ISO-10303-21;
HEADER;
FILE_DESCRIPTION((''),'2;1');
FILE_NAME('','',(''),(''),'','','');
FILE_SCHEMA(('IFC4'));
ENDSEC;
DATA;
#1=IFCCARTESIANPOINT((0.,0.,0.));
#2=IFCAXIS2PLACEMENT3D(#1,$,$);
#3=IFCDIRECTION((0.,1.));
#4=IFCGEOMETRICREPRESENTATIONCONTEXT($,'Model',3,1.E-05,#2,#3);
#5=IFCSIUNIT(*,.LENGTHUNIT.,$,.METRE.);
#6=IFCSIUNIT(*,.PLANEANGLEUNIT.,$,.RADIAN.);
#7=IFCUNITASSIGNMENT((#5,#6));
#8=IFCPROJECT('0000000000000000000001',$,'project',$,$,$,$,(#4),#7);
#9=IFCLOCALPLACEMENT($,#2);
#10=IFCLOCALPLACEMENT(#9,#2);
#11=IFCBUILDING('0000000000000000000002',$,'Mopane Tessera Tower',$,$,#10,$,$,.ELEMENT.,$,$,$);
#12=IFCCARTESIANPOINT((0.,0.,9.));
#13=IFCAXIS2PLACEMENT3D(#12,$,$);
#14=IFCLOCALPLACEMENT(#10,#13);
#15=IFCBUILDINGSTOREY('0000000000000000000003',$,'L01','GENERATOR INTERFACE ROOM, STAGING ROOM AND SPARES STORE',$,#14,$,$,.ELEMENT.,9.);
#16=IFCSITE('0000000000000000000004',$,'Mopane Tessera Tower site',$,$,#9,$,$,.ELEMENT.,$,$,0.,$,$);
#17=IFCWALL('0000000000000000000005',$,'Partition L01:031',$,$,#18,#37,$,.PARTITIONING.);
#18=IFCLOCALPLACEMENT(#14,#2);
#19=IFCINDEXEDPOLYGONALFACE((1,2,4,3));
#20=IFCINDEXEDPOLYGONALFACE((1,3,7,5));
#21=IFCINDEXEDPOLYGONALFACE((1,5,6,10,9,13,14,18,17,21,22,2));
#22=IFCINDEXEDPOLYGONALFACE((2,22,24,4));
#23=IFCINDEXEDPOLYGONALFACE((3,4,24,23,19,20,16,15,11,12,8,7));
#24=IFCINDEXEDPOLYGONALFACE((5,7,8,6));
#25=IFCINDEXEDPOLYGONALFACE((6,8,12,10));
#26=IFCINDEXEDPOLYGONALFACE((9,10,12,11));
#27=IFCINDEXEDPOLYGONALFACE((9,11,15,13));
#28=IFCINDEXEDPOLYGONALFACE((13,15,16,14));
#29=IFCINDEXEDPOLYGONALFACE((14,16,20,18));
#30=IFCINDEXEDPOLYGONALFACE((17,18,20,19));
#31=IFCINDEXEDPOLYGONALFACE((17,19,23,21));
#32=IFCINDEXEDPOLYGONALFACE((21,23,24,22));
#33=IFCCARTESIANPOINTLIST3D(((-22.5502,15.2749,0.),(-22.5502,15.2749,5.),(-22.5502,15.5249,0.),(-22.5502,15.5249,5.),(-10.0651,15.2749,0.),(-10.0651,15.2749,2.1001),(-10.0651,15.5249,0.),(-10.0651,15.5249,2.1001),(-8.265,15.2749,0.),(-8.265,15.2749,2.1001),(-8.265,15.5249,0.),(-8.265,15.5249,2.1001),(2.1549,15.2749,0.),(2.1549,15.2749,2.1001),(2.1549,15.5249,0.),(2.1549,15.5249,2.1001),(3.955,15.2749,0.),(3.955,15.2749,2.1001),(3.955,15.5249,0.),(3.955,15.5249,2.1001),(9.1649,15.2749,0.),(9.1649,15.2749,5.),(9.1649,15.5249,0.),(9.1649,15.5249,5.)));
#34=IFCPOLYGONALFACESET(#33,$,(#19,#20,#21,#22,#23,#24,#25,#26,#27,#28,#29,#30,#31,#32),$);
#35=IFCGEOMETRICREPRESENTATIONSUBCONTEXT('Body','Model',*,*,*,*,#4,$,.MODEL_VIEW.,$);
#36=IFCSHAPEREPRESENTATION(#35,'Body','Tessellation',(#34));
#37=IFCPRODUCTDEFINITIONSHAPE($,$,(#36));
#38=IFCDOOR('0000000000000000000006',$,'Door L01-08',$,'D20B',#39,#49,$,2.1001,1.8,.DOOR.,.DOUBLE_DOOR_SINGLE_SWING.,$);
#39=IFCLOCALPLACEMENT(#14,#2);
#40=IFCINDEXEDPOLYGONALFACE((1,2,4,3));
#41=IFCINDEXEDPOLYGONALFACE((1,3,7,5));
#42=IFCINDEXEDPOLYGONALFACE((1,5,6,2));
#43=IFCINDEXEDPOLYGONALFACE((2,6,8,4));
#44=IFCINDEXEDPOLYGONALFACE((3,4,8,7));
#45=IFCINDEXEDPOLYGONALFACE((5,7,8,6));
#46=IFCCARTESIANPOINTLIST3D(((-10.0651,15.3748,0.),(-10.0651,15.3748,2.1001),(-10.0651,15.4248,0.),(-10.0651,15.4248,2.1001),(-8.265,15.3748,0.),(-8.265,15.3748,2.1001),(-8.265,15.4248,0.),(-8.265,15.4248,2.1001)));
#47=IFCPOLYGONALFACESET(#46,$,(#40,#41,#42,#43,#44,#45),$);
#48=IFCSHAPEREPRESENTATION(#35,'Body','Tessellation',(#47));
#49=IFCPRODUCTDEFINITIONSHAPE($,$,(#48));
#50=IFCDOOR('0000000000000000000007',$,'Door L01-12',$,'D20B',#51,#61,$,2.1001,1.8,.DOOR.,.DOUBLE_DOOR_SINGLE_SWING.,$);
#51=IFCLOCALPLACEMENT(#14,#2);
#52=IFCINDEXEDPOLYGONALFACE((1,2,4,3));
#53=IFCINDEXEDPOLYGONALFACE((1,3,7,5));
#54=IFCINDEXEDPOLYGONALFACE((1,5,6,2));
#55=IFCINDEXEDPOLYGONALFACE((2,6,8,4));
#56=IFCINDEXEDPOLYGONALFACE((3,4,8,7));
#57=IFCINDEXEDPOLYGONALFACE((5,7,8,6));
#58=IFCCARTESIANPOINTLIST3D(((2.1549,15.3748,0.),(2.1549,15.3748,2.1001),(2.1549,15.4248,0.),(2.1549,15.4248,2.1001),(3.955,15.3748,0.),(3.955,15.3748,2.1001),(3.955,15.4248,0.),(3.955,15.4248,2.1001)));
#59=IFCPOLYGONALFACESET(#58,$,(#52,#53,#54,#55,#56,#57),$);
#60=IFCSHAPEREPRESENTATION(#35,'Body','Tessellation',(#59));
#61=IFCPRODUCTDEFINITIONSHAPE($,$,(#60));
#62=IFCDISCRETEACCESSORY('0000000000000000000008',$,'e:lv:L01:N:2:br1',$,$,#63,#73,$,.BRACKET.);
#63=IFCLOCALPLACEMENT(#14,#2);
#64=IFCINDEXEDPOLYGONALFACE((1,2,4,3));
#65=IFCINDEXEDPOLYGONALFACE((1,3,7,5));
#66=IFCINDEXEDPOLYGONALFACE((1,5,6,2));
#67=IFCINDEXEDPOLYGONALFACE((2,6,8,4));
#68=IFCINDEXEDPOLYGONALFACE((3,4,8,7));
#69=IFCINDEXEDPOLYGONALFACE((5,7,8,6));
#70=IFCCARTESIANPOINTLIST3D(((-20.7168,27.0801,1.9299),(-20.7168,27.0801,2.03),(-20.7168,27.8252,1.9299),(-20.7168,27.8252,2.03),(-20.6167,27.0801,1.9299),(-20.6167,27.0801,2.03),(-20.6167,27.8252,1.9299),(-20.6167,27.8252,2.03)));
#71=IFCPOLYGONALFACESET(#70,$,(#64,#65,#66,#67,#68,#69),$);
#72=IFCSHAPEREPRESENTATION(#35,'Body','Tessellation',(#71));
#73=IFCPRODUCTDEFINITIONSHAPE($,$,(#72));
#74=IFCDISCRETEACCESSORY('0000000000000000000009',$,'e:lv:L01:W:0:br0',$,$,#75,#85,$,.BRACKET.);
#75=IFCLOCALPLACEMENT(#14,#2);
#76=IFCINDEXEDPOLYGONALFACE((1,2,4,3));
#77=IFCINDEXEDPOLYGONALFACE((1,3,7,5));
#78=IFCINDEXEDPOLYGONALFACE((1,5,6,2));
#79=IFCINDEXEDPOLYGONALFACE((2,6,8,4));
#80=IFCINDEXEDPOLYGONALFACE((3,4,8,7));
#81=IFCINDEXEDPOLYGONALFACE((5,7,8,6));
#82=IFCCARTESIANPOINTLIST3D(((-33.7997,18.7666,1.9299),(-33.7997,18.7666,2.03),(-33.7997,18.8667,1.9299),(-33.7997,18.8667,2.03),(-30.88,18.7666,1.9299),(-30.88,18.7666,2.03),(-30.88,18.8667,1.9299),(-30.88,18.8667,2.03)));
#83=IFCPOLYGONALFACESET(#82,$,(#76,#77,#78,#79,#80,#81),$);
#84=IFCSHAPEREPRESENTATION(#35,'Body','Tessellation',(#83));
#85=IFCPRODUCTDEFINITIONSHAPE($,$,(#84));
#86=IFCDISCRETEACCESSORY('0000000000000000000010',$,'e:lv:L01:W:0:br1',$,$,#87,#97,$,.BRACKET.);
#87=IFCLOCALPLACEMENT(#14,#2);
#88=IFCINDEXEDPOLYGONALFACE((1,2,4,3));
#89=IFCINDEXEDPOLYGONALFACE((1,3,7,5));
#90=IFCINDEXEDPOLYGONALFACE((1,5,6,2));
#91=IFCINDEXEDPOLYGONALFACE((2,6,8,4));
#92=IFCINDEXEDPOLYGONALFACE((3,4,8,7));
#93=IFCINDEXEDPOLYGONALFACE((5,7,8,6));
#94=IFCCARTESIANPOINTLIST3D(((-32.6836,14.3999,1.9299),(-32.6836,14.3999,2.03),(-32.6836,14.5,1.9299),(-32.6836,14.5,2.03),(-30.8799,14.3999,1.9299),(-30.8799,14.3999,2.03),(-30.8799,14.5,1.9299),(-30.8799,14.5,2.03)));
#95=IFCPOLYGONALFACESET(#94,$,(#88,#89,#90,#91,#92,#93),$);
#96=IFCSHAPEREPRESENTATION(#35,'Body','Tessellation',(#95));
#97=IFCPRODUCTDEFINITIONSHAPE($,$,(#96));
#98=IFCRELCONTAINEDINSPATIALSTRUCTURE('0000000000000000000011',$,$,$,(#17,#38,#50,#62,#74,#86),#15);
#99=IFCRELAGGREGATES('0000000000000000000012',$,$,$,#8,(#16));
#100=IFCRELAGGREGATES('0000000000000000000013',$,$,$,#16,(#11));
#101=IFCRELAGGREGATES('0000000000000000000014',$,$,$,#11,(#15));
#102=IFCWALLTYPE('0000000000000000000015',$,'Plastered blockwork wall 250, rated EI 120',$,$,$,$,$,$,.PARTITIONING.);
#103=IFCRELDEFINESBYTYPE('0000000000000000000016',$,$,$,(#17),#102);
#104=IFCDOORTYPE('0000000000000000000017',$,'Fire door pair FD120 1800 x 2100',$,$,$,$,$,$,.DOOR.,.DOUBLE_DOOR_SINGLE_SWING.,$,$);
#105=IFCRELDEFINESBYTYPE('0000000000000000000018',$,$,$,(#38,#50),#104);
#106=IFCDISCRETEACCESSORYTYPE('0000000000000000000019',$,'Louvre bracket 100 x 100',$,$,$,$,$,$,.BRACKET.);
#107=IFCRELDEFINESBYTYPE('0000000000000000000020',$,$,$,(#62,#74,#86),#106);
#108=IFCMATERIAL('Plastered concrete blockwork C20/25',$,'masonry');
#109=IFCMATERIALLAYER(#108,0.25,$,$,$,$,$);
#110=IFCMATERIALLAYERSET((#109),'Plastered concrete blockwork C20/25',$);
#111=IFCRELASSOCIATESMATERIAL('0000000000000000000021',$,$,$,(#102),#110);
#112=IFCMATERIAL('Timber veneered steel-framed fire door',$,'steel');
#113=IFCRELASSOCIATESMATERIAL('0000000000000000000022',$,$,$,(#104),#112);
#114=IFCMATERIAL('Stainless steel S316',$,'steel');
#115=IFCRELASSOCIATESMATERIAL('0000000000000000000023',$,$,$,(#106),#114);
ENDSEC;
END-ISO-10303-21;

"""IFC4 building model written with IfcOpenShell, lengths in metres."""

from ifc_helpers import new_model, si_unit, direction, frame, frame_2d, origin, origin_2d, place, context, subcontext, project, spatial, rectangle, extrude, material, layer, layer_set, type_object, element, fill, save


model = new_model("IFC4")

# Units and contexts
model_context = context("Model", 3, precision=1e-05, world=origin(), true_north=direction((0.0, 1.0)))
body_context = subcontext(model_context, "Body", "Model", "MODEL_VIEW")
ifc_project = project(units=[si_unit("LENGTHUNIT", "METRE"), si_unit("PLANEANGLEUNIT", "RADIAN")], contexts=[model_context])

# Site, building, storey
site_placement = place(None, origin())
site = spatial("IfcSite", under=ifc_project, at=site_placement, Name="Mopane Tessera Tower site", CompositionType="ELEMENT", RefElevation=0.0)
building_placement = place(site_placement, origin())
building = spatial("IfcBuilding", under=site, at=building_placement, Name="Mopane Tessera Tower", CompositionType="ELEMENT")
storey_placement = place(building_placement, frame((0.0, 0.0, 9.0)))
storey = spatial("IfcBuildingStorey", under=building, at=storey_placement, Name="L01", Description="GENERATOR INTERFACE ROOM, STAGING ROOM AND SPARES STORE", CompositionType="ELEMENT", Elevation=9.0)

# Wall, openings, doors
ifc_material_1 = material(Name="Plastered concrete blockwork C20/25", Category="masonry")
ifc_layer_1 = layer(ifc_material_1, 0.25)
ifc_layer_set_1 = layer_set([ifc_layer_1], Name="Plastered concrete blockwork C20/25")
wall_type_1 = type_object("IfcWallType", Name="Plastered blockwork wall 250, rated EI 120", PredefinedType="PARTITIONING", material=ifc_layer_set_1)
wall_1_placement = place(storey_placement, frame((-22.55, 15.3999, 0.0), z_axis=(0.0, 0.0, 1.0), x_axis=(1.0, 0.0, 0.0)))
wall_1 = element("IfcWall", 1, at=wall_1_placement, inside=storey, type_object=wall_type_1, Name="Partition L01:031", PredefinedType="PARTITIONING", context=body_context, shape_type="SweptSolid", body=[
    extrude(rectangle(XDim=31.7151, YDim=0.25, at=frame_2d((15.8574, 0.0))), origin(), (0.0, 0.0, 1.0), 5.0),
])
opening_1_placement = place(wall_1_placement, frame((12.4851, 0.0, 0.0)))
opening_1 = element("IfcOpeningElement", 2, at=opening_1_placement, cuts=wall_1, PredefinedType="OPENING", context=body_context, shape_type="SweptSolid", body=[
    extrude(rectangle(XDim=1.8, YDim=2.1001, at=frame_2d((0.8999, 1.05))), frame((0.0, 0.137, 0.0), z_axis=(0.0, -1.0, 0.0), x_axis=(1.0, 0.0, 0.0)), (0.0, 0.0, 1.0), 0.2739),
])
opening_2_placement = place(wall_1_placement, frame((24.7051, 0.0, 0.0)))
opening_2 = element("IfcOpeningElement", 3, at=opening_2_placement, cuts=wall_1, PredefinedType="OPENING", context=body_context, shape_type="SweptSolid", body=[
    extrude(rectangle(XDim=1.8, YDim=2.1001, at=frame_2d((0.8999, 1.05))), frame((0.0, 0.137, 0.0), z_axis=(0.0, -1.0, 0.0), x_axis=(1.0, 0.0, 0.0)), (0.0, 0.0, 1.0), 0.2739),
])
ifc_material_2 = material(Name="Timber veneered steel-framed fire door", Category="steel")
door_type_1 = type_object("IfcDoorType", Name="Fire door pair FD120 1800 x 2100", OperationType="DOUBLE_DOOR_SINGLE_SWING", PredefinedType="DOOR", material=ifc_material_2)
door_1_placement = place(opening_1_placement, origin())
door_1 = element("IfcDoor", 4, at=door_1_placement, inside=storey, type_object=door_type_1, Name="Door L01-08", ObjectType="D20B", OperationType="DOUBLE_DOOR_SINGLE_SWING", OverallHeight=2.1001, OverallWidth=1.8, PredefinedType="DOOR", context=body_context, shape_type="SweptSolid", body=[
    extrude(rectangle(XDim=1.8, YDim=2.1001, at=frame_2d((0.8999, 1.05))), frame((0.0, 0.0249, 0.0), z_axis=(0.0, -1.0, 0.0), x_axis=(1.0, 0.0, 0.0)), (0.0, 0.0, 1.0), 0.05),
])
fill(opening_1, door_1)
door_2_placement = place(opening_2_placement, origin())
door_2 = element("IfcDoor", 5, at=door_2_placement, inside=storey, type_object=door_type_1, Name="Door L01-12", ObjectType="D20B", OperationType="DOUBLE_DOOR_SINGLE_SWING", OverallHeight=2.1001, OverallWidth=1.8, PredefinedType="DOOR", context=body_context, shape_type="SweptSolid", body=[
    extrude(rectangle(XDim=1.8, YDim=2.1001, at=frame_2d((0.8999, 1.05))), frame((0.0, 0.0249, 0.0), z_axis=(0.0, -1.0, 0.0), x_axis=(1.0, 0.0, 0.0)), (0.0, 0.0, 1.0), 0.05),
])
fill(opening_2, door_2)

# Discrete accessories
ifc_material_3 = material(Name="Stainless steel S316", Category="steel")
discrete_accessory_type = type_object("IfcDiscreteAccessoryType", Name="Louvre bracket 100 x 100", PredefinedType="BRACKET", material=ifc_material_3)
discrete_accessory_1_placement = place(storey_placement, frame((-20.6667, 27.4526, 1.9299), z_axis=(0.0, 0.0, 1.0), x_axis=(0.0, 1.0, 0.0)))
element("IfcDiscreteAccessory", 6, at=discrete_accessory_1_placement, inside=storey, type_object=discrete_accessory_type, Name="e:lv:L01:N:2:br1", PredefinedType="BRACKET", context=body_context, shape_type="SweptSolid", body=[
    extrude(rectangle(XDim=0.7451, YDim=0.1001, at=origin_2d()), origin(), (0.0, 0.0, 1.0), 0.1001),
])
discrete_accessory_2_placement = place(storey_placement, frame((-32.3398, 18.8167, 1.9299), z_axis=(0.0, 0.0, 1.0), x_axis=(-1.0, 0.0, 0.0)))
element("IfcDiscreteAccessory", 7, at=discrete_accessory_2_placement, inside=storey, type_object=discrete_accessory_type, Name="e:lv:L01:W:0:br0", PredefinedType="BRACKET", context=body_context, shape_type="SweptSolid", body=[
    extrude(rectangle(XDim=2.9197, YDim=0.1001, at=origin_2d()), origin(), (0.0, 0.0, 1.0), 0.1001),
])
discrete_accessory_3_placement = place(storey_placement, frame((-31.7817, 14.45, 1.9299), z_axis=(0.0, 0.0, 1.0), x_axis=(-1.0, 0.0, 0.0)))
element("IfcDiscreteAccessory", 8, at=discrete_accessory_3_placement, inside=storey, type_object=discrete_accessory_type, Name="e:lv:L01:W:0:br1", PredefinedType="BRACKET", context=body_context, shape_type="SweptSolid", body=[
    extrude(rectangle(XDim=1.8037, YDim=0.1001, at=origin_2d()), origin(), (0.0, 0.0, 1.0), 0.1001),
])

save(model, "model.ifc")
